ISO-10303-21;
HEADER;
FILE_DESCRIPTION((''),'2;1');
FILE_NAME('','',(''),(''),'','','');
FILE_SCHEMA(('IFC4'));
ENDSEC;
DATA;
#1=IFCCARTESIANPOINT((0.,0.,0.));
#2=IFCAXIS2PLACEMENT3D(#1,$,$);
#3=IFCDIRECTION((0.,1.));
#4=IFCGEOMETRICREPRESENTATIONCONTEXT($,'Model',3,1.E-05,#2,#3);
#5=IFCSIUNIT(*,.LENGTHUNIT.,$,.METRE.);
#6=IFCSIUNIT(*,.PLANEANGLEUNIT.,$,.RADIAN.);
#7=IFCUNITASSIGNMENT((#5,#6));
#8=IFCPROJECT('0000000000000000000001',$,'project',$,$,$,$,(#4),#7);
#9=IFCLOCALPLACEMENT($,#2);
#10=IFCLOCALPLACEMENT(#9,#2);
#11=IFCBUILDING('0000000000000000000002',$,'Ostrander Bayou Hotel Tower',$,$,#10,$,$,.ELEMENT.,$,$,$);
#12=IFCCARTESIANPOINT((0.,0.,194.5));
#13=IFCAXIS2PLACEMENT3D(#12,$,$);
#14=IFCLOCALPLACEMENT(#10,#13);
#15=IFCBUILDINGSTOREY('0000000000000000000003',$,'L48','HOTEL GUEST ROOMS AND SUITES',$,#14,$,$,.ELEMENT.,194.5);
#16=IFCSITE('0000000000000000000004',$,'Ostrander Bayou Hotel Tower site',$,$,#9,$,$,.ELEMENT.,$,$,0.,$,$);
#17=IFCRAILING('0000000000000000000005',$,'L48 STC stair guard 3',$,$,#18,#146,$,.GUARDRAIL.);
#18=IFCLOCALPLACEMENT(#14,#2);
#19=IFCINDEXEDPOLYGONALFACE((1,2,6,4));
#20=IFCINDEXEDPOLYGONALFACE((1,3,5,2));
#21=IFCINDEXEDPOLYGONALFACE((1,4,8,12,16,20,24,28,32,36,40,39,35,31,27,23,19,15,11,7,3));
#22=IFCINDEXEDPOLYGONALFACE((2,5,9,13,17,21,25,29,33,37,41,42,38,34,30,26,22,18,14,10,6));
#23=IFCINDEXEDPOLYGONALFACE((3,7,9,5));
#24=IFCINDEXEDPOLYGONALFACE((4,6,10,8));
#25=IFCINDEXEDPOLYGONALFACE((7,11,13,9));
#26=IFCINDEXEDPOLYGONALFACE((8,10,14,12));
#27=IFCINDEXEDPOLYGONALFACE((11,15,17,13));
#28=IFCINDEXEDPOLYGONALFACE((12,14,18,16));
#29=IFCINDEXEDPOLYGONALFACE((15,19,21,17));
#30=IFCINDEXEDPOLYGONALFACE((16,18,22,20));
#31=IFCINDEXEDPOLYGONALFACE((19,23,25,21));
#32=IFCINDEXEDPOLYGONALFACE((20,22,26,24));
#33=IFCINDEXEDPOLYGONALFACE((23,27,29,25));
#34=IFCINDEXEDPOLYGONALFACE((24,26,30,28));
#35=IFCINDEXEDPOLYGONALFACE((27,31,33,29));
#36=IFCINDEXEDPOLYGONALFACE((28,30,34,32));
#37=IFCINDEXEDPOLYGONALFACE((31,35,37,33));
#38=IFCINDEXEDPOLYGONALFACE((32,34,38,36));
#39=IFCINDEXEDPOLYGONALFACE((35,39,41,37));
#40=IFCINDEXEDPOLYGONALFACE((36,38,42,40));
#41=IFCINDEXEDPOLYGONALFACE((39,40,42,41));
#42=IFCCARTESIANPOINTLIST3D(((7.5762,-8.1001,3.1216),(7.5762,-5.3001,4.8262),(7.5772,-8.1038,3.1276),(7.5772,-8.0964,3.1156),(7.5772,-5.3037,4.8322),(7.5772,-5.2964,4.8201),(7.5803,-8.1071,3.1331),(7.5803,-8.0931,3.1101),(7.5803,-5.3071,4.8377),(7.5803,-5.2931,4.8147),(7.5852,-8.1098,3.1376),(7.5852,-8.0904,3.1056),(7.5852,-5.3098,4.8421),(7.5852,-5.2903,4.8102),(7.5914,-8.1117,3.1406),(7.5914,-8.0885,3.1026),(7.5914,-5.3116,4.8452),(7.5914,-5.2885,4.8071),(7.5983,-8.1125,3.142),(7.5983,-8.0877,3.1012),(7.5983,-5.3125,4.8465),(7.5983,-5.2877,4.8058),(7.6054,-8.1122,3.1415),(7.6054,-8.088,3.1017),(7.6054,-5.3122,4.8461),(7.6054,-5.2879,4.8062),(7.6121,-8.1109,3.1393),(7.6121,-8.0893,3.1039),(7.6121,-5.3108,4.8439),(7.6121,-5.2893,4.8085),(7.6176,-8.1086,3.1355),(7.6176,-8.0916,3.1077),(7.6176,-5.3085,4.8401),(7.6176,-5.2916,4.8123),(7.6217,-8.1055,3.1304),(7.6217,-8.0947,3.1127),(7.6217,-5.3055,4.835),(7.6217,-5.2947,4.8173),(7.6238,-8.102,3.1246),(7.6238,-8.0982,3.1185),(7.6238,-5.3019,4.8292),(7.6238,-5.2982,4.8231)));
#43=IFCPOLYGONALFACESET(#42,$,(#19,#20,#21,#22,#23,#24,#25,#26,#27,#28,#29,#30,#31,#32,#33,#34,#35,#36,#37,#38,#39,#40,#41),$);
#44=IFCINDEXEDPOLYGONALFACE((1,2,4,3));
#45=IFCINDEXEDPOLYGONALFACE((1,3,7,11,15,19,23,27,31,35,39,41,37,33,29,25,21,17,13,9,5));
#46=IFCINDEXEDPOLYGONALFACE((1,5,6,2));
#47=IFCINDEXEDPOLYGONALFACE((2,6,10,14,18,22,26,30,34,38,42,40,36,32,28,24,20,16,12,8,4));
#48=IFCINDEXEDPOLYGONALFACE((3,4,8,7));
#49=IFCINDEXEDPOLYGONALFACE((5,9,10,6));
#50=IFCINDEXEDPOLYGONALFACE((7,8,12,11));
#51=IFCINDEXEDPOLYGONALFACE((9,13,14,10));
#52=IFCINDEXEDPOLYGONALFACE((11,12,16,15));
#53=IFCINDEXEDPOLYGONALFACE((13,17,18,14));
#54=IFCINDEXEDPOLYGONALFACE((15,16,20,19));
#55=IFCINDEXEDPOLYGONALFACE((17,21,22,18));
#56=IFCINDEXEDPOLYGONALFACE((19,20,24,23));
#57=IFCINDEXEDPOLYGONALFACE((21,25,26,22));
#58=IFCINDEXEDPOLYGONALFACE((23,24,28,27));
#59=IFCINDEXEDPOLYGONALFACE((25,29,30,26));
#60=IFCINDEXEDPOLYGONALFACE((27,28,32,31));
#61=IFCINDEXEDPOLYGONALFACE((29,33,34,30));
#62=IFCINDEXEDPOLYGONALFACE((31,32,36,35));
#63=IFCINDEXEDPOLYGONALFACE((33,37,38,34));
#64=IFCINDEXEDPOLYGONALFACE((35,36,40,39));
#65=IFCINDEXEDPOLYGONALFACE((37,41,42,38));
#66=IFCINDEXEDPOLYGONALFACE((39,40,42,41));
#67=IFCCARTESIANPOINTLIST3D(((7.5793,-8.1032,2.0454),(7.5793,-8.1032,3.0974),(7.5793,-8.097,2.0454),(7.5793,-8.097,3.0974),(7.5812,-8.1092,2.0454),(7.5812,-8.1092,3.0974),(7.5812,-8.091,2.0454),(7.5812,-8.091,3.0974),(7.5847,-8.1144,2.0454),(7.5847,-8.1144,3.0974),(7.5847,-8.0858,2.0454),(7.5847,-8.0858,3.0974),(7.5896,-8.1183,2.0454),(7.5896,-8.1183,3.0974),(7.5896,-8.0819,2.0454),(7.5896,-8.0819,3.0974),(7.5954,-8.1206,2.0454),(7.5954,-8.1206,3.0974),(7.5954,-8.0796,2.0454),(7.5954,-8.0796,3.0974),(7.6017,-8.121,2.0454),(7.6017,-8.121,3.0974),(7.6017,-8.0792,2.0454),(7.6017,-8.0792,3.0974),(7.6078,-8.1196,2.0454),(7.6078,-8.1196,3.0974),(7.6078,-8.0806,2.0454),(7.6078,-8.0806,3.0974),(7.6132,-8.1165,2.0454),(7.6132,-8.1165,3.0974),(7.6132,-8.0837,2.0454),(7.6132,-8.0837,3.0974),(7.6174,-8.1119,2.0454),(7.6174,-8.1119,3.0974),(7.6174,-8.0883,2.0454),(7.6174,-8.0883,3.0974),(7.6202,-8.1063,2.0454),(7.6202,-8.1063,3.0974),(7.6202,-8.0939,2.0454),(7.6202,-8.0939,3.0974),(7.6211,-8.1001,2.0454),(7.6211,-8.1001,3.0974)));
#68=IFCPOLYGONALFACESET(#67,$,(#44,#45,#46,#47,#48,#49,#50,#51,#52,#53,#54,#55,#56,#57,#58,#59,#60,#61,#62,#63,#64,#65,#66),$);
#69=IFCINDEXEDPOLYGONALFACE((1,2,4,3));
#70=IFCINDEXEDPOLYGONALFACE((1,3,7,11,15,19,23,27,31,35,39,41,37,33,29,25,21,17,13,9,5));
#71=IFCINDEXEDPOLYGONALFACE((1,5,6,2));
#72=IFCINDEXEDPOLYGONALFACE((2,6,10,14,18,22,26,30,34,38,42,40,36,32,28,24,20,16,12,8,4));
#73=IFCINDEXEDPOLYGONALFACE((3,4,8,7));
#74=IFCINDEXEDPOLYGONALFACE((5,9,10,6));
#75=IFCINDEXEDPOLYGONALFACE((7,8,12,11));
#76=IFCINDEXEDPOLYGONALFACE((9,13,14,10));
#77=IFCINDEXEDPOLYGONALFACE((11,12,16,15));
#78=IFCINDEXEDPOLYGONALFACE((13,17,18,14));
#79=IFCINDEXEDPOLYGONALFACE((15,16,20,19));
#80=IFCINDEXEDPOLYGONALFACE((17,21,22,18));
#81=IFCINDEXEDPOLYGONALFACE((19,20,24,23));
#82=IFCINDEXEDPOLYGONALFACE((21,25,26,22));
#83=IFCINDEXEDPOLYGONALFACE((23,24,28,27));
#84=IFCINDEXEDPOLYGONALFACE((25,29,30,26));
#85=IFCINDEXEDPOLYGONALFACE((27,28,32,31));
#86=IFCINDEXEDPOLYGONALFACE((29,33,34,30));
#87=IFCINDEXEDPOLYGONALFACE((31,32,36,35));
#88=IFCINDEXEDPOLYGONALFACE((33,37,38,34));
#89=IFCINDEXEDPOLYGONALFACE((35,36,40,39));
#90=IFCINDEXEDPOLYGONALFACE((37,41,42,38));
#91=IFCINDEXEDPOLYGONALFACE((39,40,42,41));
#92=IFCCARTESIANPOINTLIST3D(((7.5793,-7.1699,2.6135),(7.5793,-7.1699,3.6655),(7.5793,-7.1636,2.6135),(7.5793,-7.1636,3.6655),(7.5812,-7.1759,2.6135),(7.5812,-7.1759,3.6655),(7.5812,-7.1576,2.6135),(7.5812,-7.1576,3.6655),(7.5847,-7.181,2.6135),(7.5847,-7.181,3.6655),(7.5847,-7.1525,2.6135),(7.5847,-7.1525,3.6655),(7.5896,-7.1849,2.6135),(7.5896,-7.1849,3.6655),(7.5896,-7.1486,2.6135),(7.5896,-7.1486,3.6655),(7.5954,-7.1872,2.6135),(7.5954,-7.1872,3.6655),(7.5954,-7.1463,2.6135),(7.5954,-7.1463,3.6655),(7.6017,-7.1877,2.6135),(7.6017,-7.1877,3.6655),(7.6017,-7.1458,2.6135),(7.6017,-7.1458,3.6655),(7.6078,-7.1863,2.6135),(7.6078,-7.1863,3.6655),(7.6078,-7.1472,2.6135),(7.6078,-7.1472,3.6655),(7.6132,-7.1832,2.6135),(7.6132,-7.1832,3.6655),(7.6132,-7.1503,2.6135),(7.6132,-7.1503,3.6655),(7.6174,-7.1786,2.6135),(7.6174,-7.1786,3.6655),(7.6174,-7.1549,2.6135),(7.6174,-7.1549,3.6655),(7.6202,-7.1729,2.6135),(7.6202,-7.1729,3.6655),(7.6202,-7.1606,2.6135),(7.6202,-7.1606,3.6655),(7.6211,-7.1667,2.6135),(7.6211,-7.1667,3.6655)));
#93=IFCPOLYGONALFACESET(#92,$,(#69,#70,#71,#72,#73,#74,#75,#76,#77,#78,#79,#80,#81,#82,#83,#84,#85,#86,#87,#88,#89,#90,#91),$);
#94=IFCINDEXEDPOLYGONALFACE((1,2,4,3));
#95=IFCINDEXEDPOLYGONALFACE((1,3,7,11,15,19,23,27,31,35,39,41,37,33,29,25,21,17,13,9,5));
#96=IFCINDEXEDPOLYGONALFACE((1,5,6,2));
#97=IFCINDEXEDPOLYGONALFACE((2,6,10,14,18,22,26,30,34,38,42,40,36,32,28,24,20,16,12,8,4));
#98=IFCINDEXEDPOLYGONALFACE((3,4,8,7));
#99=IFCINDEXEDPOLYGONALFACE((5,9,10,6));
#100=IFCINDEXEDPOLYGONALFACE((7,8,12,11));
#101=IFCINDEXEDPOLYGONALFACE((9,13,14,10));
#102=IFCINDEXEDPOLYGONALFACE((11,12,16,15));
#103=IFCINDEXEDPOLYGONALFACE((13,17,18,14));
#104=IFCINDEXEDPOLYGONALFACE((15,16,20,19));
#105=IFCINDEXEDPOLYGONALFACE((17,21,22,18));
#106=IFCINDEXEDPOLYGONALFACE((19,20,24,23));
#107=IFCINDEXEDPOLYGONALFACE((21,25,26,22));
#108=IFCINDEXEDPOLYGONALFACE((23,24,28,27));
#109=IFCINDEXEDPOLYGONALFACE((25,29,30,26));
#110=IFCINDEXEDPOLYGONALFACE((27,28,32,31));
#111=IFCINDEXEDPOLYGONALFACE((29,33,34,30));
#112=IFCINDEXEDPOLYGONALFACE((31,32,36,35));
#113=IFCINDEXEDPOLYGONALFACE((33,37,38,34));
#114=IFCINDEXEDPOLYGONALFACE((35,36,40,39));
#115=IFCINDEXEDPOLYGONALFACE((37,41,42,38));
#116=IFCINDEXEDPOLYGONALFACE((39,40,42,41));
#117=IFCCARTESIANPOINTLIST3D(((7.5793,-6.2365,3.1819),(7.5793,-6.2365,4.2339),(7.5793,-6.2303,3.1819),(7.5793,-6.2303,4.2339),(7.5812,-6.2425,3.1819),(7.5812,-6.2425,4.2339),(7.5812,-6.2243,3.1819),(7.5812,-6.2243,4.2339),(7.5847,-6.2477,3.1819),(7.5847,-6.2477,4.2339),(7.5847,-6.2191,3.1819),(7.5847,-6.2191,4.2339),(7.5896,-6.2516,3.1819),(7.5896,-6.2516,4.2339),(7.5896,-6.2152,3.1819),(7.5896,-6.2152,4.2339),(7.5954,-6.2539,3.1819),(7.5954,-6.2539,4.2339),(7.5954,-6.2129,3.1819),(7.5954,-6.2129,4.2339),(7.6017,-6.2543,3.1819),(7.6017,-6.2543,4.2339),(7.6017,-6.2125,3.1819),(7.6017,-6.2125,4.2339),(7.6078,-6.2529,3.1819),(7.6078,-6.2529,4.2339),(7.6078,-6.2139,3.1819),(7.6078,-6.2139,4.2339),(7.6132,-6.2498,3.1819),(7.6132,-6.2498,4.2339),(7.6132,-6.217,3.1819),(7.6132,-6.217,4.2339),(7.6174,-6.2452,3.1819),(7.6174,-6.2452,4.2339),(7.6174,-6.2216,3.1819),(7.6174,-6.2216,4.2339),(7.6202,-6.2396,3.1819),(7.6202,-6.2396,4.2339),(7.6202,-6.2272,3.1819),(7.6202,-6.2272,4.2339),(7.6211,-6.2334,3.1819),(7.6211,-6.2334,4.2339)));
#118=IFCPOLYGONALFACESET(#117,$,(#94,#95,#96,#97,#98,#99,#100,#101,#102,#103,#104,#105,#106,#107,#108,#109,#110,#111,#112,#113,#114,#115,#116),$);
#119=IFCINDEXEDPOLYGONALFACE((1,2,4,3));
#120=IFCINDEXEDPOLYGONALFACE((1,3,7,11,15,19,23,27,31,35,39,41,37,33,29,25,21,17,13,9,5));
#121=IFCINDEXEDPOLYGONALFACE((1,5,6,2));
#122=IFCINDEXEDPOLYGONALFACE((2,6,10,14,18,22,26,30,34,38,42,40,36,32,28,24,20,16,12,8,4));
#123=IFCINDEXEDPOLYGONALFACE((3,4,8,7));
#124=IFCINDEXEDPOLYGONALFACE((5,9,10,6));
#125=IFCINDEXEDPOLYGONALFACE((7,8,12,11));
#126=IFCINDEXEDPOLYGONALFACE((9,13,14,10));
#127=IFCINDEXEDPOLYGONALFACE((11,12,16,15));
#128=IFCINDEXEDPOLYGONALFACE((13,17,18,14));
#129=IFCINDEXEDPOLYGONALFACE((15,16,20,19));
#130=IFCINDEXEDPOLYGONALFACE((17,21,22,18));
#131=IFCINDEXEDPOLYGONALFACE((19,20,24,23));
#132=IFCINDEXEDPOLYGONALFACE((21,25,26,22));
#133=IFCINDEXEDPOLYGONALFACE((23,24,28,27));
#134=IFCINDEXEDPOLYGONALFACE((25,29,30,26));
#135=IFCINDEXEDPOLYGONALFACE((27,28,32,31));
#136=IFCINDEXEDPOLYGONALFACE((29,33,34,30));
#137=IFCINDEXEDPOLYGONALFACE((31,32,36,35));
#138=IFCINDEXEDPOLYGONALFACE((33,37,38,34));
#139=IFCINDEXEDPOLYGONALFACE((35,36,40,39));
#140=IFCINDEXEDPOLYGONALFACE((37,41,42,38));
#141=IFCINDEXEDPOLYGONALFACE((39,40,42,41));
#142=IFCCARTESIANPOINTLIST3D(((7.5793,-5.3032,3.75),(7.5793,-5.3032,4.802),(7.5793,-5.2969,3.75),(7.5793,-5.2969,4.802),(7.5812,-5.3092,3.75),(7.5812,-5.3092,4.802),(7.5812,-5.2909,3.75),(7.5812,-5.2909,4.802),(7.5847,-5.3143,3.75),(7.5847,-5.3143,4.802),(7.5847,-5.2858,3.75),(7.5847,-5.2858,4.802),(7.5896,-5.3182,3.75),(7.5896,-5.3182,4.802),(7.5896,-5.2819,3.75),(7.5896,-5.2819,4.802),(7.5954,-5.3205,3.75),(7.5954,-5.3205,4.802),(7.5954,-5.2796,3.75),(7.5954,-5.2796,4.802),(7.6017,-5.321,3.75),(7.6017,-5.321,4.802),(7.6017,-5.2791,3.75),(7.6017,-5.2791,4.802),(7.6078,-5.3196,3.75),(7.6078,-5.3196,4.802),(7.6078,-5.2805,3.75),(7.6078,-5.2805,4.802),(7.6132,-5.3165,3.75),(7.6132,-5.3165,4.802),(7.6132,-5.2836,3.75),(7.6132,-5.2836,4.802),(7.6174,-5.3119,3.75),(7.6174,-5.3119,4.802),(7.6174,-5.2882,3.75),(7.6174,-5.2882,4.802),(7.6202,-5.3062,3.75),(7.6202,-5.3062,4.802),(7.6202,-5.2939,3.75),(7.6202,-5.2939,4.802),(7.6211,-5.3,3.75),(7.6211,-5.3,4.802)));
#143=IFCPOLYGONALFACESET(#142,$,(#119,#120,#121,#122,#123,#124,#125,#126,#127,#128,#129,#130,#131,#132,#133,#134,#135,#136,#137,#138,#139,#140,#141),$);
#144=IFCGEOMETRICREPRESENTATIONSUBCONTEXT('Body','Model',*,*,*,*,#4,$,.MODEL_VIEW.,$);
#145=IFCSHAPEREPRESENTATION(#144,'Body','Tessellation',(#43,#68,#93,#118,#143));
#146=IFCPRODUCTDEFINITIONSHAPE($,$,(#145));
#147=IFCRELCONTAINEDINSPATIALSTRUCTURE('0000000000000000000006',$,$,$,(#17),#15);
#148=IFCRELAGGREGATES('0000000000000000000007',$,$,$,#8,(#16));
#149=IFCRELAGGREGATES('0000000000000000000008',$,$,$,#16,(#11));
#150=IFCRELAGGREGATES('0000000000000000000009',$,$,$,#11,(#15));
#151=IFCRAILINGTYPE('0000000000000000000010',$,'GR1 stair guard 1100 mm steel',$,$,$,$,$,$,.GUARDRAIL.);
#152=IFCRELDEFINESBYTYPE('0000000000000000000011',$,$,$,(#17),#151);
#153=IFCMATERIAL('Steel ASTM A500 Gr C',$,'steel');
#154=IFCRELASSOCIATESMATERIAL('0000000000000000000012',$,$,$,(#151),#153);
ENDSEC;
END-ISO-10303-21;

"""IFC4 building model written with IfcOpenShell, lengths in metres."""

from ifc_helpers import new_model, si_unit, direction, frame, origin, origin_2d, place, context, subcontext, project, spatial, circle, extrude, material, type_object, element, save


model = new_model("IFC4")

# Units and contexts
model_context = context("Model", 3, precision=1e-05, world=origin(), true_north=direction((0.0, 1.0)))
body_context = subcontext(model_context, "Body", "Model", "MODEL_VIEW")
ifc_project = project(units=[si_unit("LENGTHUNIT", "METRE"), si_unit("PLANEANGLEUNIT", "RADIAN")], contexts=[model_context])

# Site, building, storey
site_placement = place(None, origin())
site = spatial("IfcSite", under=ifc_project, at=site_placement, Name="Ostrander Bayou Hotel Tower site", CompositionType="ELEMENT", RefElevation=0.0)
building_placement = place(site_placement, origin())
building = spatial("IfcBuilding", under=site, at=building_placement, Name="Ostrander Bayou Hotel Tower", CompositionType="ELEMENT")
storey_placement = place(building_placement, frame((0.0, 0.0, 194.5)))
storey = spatial("IfcBuildingStorey", under=building, at=storey_placement, Name="L48", Description="HOTEL GUEST ROOMS AND SUITES", CompositionType="ELEMENT", Elevation=194.5)

# Railing
ifc_material_1 = material(Name="Steel ASTM A500 Gr C", Category="steel")
railing_type = type_object("IfcRailingType", Name="GR1 stair guard 1100 mm steel", PredefinedType="GUARDRAIL", material=ifc_material_1)
railing_1_placement = place(storey_placement, frame((7.6001, -8.1001, 2.0454)))
element("IfcRailing", 1, at=railing_1_placement, inside=storey, type_object=railing_type, Name="L48 STC stair guard 3", PredefinedType="GUARDRAIL", context=body_context, shape_type="SweptSolid", body=[
    extrude(circle(Radius=0.0239, at=origin_2d()), frame((0.0, 0.0, 1.0762), z_axis=(0.0, 0.85417, 0.519994), x_axis=(-1.0, 0.0, 0.0)), (0.0, 0.0, 1.0), 3.2781),
    extrude(circle(Radius=0.021, at=origin_2d()), origin(), (0.0, 0.0, 1.0), 1.052),
    extrude(circle(Radius=0.021, at=origin_2d()), frame((0.0, 0.9333, 0.5681)), (0.0, 0.0, 1.0), 1.052),
    extrude(circle(Radius=0.021, at=origin_2d()), frame((0.0, 1.8667, 1.1365)), (0.0, 0.0, 1.0), 1.052),
    extrude(circle(Radius=0.021, at=origin_2d()), frame((0.0, 2.8, 1.7046)), (0.0, 0.0, 1.0), 1.052),
])

save(model, "model.ifc")
